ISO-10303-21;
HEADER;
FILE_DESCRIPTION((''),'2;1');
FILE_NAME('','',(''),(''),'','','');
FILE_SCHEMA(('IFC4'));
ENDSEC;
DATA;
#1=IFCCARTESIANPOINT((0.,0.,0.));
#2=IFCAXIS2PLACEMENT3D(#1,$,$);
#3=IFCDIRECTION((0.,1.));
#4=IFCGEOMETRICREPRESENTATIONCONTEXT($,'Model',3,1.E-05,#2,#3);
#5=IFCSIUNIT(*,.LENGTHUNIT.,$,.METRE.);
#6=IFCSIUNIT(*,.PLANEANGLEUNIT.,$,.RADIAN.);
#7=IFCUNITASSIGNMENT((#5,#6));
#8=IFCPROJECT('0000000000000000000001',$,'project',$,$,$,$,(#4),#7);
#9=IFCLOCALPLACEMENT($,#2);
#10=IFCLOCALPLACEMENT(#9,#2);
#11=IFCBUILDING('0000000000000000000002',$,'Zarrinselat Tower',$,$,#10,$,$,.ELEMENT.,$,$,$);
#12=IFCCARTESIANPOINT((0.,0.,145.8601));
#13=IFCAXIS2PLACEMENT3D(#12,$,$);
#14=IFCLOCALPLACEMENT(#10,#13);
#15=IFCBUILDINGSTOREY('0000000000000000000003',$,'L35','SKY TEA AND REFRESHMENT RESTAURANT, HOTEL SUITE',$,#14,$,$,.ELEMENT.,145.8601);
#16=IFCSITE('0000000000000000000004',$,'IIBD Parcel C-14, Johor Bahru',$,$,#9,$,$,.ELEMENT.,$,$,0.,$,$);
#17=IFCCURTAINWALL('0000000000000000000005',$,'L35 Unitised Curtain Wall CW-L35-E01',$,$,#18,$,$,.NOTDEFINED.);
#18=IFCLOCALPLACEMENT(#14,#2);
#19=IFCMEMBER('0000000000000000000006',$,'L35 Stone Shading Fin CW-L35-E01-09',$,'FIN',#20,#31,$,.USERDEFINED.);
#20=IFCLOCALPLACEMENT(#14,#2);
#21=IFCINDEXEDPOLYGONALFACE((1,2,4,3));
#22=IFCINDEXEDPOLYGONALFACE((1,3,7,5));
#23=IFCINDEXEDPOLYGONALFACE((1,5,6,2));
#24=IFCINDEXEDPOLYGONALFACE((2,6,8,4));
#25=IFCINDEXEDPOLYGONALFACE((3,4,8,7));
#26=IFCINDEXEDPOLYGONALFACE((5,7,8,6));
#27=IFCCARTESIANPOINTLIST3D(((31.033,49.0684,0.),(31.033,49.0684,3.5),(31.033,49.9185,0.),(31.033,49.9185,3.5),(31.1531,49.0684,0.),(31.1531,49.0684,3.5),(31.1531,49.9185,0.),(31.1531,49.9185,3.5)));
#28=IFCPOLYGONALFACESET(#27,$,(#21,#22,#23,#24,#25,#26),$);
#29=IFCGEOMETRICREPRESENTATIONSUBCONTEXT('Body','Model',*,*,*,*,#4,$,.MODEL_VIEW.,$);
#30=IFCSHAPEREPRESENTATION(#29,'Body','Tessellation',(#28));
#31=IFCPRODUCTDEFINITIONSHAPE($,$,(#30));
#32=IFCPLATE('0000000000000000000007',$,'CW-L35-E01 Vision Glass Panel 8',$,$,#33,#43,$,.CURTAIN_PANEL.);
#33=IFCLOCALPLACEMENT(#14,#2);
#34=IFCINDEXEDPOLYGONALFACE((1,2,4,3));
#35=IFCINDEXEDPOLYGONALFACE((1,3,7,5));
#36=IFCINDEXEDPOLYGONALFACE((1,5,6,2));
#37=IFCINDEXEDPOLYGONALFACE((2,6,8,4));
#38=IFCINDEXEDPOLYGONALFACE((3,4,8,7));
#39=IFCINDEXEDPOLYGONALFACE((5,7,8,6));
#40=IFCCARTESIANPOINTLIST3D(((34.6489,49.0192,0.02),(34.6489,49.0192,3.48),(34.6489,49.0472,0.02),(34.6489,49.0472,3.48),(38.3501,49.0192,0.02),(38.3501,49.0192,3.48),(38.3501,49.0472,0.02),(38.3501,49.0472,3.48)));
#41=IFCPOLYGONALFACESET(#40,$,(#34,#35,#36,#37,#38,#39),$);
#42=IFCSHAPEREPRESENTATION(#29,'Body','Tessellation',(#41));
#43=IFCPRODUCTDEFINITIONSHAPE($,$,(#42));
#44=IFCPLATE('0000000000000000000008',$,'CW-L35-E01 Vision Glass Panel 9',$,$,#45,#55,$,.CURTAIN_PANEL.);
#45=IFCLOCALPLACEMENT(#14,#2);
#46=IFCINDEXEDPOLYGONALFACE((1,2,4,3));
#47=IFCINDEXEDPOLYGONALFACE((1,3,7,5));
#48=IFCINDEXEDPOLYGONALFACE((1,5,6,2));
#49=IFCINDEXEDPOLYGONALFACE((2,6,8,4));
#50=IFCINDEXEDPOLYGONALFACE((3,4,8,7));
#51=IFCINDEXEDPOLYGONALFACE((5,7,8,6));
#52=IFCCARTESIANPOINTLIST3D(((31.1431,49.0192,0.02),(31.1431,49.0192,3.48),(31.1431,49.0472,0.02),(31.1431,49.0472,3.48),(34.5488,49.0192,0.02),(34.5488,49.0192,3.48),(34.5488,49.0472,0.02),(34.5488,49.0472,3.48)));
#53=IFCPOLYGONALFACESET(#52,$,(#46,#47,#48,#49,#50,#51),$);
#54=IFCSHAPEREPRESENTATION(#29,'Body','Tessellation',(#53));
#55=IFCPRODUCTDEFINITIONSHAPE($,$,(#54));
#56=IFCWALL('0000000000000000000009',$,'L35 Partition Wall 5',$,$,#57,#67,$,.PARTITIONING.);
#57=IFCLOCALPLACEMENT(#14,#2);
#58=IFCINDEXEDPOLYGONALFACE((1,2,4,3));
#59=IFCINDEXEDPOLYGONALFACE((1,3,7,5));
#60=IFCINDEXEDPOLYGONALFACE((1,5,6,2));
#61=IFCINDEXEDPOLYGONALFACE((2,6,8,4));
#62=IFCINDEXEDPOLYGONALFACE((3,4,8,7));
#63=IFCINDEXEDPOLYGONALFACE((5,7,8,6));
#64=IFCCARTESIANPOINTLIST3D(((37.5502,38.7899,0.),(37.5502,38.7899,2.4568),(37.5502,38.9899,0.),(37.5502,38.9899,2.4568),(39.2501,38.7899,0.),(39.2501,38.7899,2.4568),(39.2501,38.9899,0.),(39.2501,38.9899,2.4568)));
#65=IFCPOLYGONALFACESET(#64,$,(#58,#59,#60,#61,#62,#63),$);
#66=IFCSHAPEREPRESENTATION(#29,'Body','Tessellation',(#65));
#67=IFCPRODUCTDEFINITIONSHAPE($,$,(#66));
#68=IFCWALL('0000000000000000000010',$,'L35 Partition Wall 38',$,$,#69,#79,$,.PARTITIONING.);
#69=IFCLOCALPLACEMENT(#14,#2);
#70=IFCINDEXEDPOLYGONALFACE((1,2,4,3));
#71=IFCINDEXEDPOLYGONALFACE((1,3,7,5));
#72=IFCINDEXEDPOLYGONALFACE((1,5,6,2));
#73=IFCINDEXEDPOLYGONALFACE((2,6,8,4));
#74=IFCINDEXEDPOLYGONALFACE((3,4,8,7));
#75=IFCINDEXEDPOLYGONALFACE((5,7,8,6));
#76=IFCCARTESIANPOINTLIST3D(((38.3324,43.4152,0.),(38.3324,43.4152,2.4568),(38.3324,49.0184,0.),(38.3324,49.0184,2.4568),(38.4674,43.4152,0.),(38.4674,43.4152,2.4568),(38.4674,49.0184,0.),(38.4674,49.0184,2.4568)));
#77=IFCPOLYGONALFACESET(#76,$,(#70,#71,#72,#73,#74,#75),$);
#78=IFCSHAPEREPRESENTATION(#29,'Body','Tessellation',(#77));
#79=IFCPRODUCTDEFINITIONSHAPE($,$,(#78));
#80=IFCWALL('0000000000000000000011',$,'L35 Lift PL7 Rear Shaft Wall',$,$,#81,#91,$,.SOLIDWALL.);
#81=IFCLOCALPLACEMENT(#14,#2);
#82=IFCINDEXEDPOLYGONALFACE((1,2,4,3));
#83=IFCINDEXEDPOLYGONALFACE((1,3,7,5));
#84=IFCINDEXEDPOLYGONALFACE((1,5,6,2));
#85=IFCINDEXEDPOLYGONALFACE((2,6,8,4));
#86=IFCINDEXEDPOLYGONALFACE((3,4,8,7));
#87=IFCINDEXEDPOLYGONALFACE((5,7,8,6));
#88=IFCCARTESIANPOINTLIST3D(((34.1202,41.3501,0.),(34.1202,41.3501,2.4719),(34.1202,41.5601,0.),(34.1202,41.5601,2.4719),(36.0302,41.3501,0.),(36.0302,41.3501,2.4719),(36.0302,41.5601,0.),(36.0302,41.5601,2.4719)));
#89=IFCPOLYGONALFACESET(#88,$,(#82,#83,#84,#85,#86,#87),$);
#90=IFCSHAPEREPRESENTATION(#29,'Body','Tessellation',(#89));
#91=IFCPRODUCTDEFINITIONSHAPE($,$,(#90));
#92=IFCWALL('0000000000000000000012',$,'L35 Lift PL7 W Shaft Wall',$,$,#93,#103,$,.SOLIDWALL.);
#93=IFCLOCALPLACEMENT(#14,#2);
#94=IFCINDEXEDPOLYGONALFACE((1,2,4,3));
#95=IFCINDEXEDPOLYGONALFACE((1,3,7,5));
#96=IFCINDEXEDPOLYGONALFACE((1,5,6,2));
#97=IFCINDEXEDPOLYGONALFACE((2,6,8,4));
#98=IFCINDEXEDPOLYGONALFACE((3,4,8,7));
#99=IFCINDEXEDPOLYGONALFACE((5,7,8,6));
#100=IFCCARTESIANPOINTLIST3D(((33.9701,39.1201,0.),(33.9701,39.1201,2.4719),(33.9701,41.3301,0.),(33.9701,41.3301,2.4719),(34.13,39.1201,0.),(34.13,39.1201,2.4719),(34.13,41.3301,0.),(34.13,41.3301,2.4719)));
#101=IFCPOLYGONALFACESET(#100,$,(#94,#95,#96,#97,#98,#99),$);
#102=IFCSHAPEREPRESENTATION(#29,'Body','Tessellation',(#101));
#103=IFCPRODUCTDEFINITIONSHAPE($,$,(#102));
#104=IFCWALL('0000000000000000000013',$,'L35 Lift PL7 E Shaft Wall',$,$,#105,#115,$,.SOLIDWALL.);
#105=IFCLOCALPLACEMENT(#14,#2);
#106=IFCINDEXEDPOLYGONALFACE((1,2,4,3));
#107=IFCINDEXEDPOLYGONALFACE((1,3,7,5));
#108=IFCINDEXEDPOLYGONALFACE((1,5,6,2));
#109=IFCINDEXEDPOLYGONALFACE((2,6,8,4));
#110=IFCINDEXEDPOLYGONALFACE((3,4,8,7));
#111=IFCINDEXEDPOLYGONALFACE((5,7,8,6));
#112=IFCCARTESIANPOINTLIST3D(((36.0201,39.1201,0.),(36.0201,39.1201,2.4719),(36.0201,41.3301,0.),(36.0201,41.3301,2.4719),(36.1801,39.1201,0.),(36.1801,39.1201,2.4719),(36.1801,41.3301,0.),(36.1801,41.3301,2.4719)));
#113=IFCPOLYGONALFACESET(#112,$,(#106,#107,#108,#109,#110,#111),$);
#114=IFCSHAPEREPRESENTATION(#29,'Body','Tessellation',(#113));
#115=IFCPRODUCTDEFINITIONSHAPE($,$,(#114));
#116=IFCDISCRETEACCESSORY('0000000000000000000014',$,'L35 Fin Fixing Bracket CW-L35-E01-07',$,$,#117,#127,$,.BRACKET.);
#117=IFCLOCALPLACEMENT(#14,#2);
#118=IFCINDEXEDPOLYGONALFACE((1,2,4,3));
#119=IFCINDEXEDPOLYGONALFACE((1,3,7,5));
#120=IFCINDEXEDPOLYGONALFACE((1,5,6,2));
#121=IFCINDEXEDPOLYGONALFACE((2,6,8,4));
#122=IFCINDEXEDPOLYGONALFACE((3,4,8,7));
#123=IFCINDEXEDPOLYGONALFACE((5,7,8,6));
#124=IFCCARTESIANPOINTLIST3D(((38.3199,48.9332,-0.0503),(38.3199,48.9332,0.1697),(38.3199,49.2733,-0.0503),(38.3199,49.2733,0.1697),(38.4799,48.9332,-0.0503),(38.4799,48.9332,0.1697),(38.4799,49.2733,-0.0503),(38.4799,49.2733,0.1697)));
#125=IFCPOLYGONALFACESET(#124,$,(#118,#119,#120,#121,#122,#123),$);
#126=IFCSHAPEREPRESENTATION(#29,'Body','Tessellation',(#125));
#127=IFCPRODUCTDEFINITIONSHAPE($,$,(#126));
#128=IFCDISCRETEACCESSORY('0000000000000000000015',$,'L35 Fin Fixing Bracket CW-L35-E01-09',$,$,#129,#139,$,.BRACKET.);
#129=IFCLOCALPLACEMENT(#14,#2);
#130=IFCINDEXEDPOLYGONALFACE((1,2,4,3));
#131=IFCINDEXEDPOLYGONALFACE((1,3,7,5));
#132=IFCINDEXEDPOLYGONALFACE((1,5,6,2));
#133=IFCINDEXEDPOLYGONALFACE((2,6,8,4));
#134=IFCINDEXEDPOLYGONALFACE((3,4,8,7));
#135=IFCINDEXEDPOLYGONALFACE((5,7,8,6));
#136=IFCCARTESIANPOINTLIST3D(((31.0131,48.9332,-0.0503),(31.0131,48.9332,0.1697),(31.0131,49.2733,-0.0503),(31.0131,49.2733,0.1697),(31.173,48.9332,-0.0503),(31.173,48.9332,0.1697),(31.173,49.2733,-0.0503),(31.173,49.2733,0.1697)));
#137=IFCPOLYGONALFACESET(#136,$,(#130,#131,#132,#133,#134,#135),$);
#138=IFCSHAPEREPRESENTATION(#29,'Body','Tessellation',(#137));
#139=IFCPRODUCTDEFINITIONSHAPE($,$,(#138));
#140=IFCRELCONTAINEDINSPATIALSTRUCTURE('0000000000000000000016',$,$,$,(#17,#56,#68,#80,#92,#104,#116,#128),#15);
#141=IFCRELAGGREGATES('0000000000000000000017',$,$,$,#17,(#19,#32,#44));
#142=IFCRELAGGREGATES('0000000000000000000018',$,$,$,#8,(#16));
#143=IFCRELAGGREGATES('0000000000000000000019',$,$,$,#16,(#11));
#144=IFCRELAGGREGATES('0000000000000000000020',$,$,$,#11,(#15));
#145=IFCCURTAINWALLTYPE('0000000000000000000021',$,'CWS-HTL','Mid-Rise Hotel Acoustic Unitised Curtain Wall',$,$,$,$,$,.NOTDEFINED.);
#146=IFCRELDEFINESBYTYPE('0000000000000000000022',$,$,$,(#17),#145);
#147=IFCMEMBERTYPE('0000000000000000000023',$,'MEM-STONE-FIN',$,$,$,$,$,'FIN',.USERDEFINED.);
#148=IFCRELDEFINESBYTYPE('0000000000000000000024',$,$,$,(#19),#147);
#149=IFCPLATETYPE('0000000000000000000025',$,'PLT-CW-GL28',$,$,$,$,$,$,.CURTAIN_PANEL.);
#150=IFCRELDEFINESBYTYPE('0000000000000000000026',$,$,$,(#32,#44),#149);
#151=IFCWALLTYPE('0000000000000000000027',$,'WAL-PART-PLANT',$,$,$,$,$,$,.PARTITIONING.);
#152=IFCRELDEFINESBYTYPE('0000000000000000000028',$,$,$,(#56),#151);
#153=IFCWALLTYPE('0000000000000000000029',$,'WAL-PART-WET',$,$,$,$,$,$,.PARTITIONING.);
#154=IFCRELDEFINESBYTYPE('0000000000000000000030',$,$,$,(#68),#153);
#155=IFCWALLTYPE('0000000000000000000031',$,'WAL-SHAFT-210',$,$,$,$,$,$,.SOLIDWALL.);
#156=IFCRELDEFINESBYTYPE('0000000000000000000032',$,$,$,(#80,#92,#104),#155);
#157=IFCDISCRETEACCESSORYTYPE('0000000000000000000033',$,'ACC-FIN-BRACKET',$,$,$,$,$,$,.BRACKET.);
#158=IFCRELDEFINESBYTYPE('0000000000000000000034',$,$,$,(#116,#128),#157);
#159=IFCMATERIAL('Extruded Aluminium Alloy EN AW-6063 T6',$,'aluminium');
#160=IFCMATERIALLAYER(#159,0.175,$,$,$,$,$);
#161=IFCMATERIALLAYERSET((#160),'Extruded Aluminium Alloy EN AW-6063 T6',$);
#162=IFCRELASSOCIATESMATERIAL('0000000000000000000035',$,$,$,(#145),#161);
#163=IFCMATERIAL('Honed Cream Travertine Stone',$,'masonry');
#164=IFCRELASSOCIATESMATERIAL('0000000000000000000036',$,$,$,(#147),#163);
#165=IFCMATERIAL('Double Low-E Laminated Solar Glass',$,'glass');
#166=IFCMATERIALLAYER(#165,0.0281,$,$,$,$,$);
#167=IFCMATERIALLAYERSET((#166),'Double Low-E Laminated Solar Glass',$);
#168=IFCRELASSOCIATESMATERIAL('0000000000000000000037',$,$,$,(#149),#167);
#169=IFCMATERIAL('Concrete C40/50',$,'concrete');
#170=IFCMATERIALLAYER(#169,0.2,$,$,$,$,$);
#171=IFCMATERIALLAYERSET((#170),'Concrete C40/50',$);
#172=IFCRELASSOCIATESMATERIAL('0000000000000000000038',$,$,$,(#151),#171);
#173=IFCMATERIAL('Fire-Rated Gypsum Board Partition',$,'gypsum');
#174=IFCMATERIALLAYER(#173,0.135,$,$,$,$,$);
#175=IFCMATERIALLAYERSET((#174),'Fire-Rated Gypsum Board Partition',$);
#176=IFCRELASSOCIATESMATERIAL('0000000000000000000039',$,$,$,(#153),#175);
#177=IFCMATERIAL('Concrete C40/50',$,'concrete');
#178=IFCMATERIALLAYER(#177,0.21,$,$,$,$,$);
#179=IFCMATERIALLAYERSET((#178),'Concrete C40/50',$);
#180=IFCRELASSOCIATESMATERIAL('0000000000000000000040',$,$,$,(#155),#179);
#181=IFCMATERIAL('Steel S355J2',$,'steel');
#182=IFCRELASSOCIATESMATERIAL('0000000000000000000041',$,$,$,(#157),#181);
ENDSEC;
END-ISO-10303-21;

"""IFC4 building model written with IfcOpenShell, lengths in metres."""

from ifc_helpers import new_model, si_unit, direction, frame, frame_2d, origin, origin_2d, place, context, subcontext, project, spatial, rectangle, extrude, material, layer, layer_set, material_profile, profile_set, type_object, element, aggregate, save


model = new_model("IFC4")

# Units and contexts
model_context = context("Model", 3, precision=1e-05, world=origin(), true_north=direction((0.0, 1.0)))
body_context = subcontext(model_context, "Body", "Model", "MODEL_VIEW")
ifc_project = project(units=[si_unit("LENGTHUNIT", "METRE"), si_unit("PLANEANGLEUNIT", "RADIAN")], contexts=[model_context])

# Site, building, storey
site_placement = place(None, origin())
site = spatial("IfcSite", under=ifc_project, at=site_placement, Name="IIBD Parcel C-14, Johor Bahru", CompositionType="ELEMENT", RefElevation=0.0)
building_placement = place(site_placement, origin())
building = spatial("IfcBuilding", under=site, at=building_placement, Name="Zarrinselat Tower", CompositionType="ELEMENT")
storey_placement = place(building_placement, frame((0.0, 0.0, 145.8601)))
storey = spatial("IfcBuildingStorey", under=building, at=storey_placement, Name="L35", Description="SKY TEA AND REFRESHMENT RESTAURANT, HOTEL SUITE", CompositionType="ELEMENT", Elevation=145.8601)

# Curtain wall, member, plates
ifc_material_1 = material(Name="Extruded Aluminium Alloy EN AW-6063 T6", Category="aluminium")
ifc_layer_1 = layer(ifc_material_1, 0.175)
ifc_layer_set_1 = layer_set([ifc_layer_1], Name="Extruded Aluminium Alloy EN AW-6063 T6")
curtain_wall_type = type_object("IfcCurtainWallType", Name="CWS-HTL", Description="Mid-Rise Hotel Acoustic Unitised Curtain Wall", PredefinedType="NOTDEFINED", material=ifc_layer_set_1)
curtain_wall_placement = place(storey_placement, origin())
curtain_wall = element("IfcCurtainWall", 1, at=curtain_wall_placement, inside=storey, type_object=curtain_wall_type, Name="L35 Unitised Curtain Wall CW-L35-E01", PredefinedType="NOTDEFINED")
ifc_material_2 = material(Name="Honed Cream Travertine Stone", Category="masonry")
ifc_material_profile_1 = material_profile(ifc_material_2, rectangle(XDim=0.1201, YDim=0.8501, at=origin_2d()), Name="FIN 850x120")
ifc_profile_set_1 = profile_set([ifc_material_profile_1], Name="Honed Cream Travertine Stone")
member_type_1 = type_object("IfcMemberType", Name="MEM-STONE-FIN", ElementType="FIN", PredefinedType="USERDEFINED", material=ifc_profile_set_1)
member_1_placement = place(storey_placement, frame((31.093, 49.4934, 0.0), z_axis=(0.0, 0.0, 1.0), x_axis=(1.0, 0.0, 0.0)))
member_1 = element("IfcMember", 2, at=member_1_placement, type_object=member_type_1, Name="L35 Stone Shading Fin CW-L35-E01-09", ObjectType="FIN", PredefinedType="USERDEFINED", context=body_context, shape_type="SweptSolid", body=[
    extrude(rectangle(XDim=0.1201, YDim=0.8501, at=origin_2d()), origin(), (0.0, 0.0, 1.0), 3.5),
])
ifc_material_3 = material(Name="Double Low-E Laminated Solar Glass", Category="glass")
ifc_layer_2 = layer(ifc_material_3, 0.0281)
ifc_layer_set_2 = layer_set([ifc_layer_2], Name="Double Low-E Laminated Solar Glass")
plate_type = type_object("IfcPlateType", Name="PLT-CW-GL28", PredefinedType="CURTAIN_PANEL", material=ifc_layer_set_2)
plate_1_placement = place(storey_placement, frame((36.4995, 49.0332, 0.02), z_axis=(0.0, 0.0, 1.0), x_axis=(-1.0, 0.0, 0.0)))
plate_1 = element("IfcPlate", 3, at=plate_1_placement, type_object=plate_type, Name="CW-L35-E01 Vision Glass Panel 8", PredefinedType="CURTAIN_PANEL", context=body_context, shape_type="SweptSolid", body=[
    extrude(rectangle(XDim=3.7012, YDim=0.0281, at=origin_2d()), origin(), (0.0, 0.0, 1.0), 3.46),
])
plate_2_placement = place(storey_placement, frame((32.8459, 49.0332, 0.02), z_axis=(0.0, 0.0, 1.0), x_axis=(-1.0, 0.0, 0.0)))
plate_2 = element("IfcPlate", 4, at=plate_2_placement, type_object=plate_type, Name="CW-L35-E01 Vision Glass Panel 9", PredefinedType="CURTAIN_PANEL", context=body_context, shape_type="SweptSolid", body=[
    extrude(rectangle(XDim=3.4058, YDim=0.0281, at=origin_2d()), origin(), (0.0, 0.0, 1.0), 3.46),
])
aggregate(curtain_wall, [member_1, plate_1, plate_2])

# Walls
ifc_material_4 = material(Name="Concrete C40/50", Category="concrete")
ifc_layer_3 = layer(ifc_material_4, 0.2)
ifc_layer_set_3 = layer_set([ifc_layer_3], Name="Concrete C40/50")
wall_type_1 = type_object("IfcWallType", Name="WAL-PART-PLANT", PredefinedType="PARTITIONING", material=ifc_layer_set_3)
wall_1_placement = place(storey_placement, frame((37.55, 38.8899, 0.0), z_axis=(0.0, 0.0, 1.0), x_axis=(1.0, 0.0, 0.0)))
element("IfcWall", 5, at=wall_1_placement, inside=storey, type_object=wall_type_1, Name="L35 Partition Wall 5", PredefinedType="PARTITIONING", context=body_context, shape_type="SweptSolid", body=[
    extrude(rectangle(XDim=1.7, YDim=0.2, at=frame_2d((0.8501, 0.0))), origin(), (0.0, 0.0, 1.0), 2.4568),
])
ifc_material_5 = material(Name="Fire-Rated Gypsum Board Partition", Category="gypsum")
ifc_layer_4 = layer(ifc_material_5, 0.135)
ifc_layer_set_4 = layer_set([ifc_layer_4], Name="Fire-Rated Gypsum Board Partition")
wall_type_2 = type_object("IfcWallType", Name="WAL-PART-WET", PredefinedType="PARTITIONING", material=ifc_layer_set_4)
wall_2_placement = place(storey_placement, frame((38.3999, 43.415, 0.0), z_axis=(0.0, 0.0, 1.0), x_axis=(0.0, 1.0, 0.0)))
element("IfcWall", 6, at=wall_2_placement, inside=storey, type_object=wall_type_2, Name="L35 Partition Wall 38", PredefinedType="PARTITIONING", context=body_context, shape_type="SweptSolid", body=[
    extrude(rectangle(XDim=5.6033, YDim=0.135, at=frame_2d((2.8018, 0.0))), origin(), (0.0, 0.0, 1.0), 2.4568),
])
ifc_material_6 = material(Name="Concrete C40/50", Category="concrete")
ifc_layer_5 = layer(ifc_material_6, 0.21)
ifc_layer_set_5 = layer_set([ifc_layer_5], Name="Concrete C40/50")
wall_type_3 = type_object("IfcWallType", Name="WAL-SHAFT-210", PredefinedType="SOLIDWALL", material=ifc_layer_set_5)
wall_3_placement = place(storey_placement, frame((34.1201, 41.4551, 0.0), z_axis=(0.0, 0.0, 1.0), x_axis=(1.0, 0.0, 0.0)))
element("IfcWall", 7, at=wall_3_placement, inside=storey, type_object=wall_type_3, Name="L35 Lift PL7 Rear Shaft Wall", PredefinedType="SOLIDWALL", context=body_context, shape_type="SweptSolid", body=[
    extrude(rectangle(XDim=1.9099, YDim=0.21, at=frame_2d((0.9551, 0.0))), origin(), (0.0, 0.0, 1.0), 2.4719),
])
for number, where, z_axis, x_axis, name in (
    (8, (34.05, 39.1201, 0.0), (0.0, 0.0, 1.0), (0.0, 1.0, 0.0), "L35 Lift PL7 W Shaft Wall"),
    (9, (36.1001, 39.1201, 0.0), (0.0, 0.0, 1.0), (0.0, 1.0, 0.0), "L35 Lift PL7 E Shaft Wall"),
):
    element("IfcWall", number, at=place(storey_placement, frame(where, z_axis=z_axis, x_axis=x_axis)), inside=storey, type_object=wall_type_3, Name=name, PredefinedType="SOLIDWALL", context=body_context, shape_type="SweptSolid", body=[
        extrude(rectangle(XDim=2.21, YDim=0.1599, at=frame_2d((1.105, 0.0))), origin(), (0.0, 0.0, 1.0), 2.4719),
    ])

# Discrete accessories
ifc_material_7 = material(Name="Steel S355J2", Category="steel")
discrete_accessory_type = type_object("IfcDiscreteAccessoryType", Name="ACC-FIN-BRACKET", PredefinedType="BRACKET", material=ifc_material_7)
for number, where, z_axis, x_axis, name in (
    (10, (38.3999, 49.1033, -0.0503), (0.0, 0.0, 1.0), (0.0, 1.0, 0.0), "L35 Fin Fixing Bracket CW-L35-E01-07"),
    (11, (31.093, 49.1033, -0.0503), (0.0, 0.0, 1.0), (0.0, 1.0, 0.0), "L35 Fin Fixing Bracket CW-L35-E01-09"),
):
    element("IfcDiscreteAccessory", number, at=place(storey_placement, frame(where, z_axis=z_axis, x_axis=x_axis)), inside=storey, type_object=discrete_accessory_type, Name=name, PredefinedType="BRACKET", context=body_context, shape_type="SweptSolid", body=[
        extrude(rectangle(XDim=0.3401, YDim=0.1599, at=origin_2d()), origin(), (0.0, 0.0, 1.0), 0.22),
    ])

save(model, "model.ifc")
